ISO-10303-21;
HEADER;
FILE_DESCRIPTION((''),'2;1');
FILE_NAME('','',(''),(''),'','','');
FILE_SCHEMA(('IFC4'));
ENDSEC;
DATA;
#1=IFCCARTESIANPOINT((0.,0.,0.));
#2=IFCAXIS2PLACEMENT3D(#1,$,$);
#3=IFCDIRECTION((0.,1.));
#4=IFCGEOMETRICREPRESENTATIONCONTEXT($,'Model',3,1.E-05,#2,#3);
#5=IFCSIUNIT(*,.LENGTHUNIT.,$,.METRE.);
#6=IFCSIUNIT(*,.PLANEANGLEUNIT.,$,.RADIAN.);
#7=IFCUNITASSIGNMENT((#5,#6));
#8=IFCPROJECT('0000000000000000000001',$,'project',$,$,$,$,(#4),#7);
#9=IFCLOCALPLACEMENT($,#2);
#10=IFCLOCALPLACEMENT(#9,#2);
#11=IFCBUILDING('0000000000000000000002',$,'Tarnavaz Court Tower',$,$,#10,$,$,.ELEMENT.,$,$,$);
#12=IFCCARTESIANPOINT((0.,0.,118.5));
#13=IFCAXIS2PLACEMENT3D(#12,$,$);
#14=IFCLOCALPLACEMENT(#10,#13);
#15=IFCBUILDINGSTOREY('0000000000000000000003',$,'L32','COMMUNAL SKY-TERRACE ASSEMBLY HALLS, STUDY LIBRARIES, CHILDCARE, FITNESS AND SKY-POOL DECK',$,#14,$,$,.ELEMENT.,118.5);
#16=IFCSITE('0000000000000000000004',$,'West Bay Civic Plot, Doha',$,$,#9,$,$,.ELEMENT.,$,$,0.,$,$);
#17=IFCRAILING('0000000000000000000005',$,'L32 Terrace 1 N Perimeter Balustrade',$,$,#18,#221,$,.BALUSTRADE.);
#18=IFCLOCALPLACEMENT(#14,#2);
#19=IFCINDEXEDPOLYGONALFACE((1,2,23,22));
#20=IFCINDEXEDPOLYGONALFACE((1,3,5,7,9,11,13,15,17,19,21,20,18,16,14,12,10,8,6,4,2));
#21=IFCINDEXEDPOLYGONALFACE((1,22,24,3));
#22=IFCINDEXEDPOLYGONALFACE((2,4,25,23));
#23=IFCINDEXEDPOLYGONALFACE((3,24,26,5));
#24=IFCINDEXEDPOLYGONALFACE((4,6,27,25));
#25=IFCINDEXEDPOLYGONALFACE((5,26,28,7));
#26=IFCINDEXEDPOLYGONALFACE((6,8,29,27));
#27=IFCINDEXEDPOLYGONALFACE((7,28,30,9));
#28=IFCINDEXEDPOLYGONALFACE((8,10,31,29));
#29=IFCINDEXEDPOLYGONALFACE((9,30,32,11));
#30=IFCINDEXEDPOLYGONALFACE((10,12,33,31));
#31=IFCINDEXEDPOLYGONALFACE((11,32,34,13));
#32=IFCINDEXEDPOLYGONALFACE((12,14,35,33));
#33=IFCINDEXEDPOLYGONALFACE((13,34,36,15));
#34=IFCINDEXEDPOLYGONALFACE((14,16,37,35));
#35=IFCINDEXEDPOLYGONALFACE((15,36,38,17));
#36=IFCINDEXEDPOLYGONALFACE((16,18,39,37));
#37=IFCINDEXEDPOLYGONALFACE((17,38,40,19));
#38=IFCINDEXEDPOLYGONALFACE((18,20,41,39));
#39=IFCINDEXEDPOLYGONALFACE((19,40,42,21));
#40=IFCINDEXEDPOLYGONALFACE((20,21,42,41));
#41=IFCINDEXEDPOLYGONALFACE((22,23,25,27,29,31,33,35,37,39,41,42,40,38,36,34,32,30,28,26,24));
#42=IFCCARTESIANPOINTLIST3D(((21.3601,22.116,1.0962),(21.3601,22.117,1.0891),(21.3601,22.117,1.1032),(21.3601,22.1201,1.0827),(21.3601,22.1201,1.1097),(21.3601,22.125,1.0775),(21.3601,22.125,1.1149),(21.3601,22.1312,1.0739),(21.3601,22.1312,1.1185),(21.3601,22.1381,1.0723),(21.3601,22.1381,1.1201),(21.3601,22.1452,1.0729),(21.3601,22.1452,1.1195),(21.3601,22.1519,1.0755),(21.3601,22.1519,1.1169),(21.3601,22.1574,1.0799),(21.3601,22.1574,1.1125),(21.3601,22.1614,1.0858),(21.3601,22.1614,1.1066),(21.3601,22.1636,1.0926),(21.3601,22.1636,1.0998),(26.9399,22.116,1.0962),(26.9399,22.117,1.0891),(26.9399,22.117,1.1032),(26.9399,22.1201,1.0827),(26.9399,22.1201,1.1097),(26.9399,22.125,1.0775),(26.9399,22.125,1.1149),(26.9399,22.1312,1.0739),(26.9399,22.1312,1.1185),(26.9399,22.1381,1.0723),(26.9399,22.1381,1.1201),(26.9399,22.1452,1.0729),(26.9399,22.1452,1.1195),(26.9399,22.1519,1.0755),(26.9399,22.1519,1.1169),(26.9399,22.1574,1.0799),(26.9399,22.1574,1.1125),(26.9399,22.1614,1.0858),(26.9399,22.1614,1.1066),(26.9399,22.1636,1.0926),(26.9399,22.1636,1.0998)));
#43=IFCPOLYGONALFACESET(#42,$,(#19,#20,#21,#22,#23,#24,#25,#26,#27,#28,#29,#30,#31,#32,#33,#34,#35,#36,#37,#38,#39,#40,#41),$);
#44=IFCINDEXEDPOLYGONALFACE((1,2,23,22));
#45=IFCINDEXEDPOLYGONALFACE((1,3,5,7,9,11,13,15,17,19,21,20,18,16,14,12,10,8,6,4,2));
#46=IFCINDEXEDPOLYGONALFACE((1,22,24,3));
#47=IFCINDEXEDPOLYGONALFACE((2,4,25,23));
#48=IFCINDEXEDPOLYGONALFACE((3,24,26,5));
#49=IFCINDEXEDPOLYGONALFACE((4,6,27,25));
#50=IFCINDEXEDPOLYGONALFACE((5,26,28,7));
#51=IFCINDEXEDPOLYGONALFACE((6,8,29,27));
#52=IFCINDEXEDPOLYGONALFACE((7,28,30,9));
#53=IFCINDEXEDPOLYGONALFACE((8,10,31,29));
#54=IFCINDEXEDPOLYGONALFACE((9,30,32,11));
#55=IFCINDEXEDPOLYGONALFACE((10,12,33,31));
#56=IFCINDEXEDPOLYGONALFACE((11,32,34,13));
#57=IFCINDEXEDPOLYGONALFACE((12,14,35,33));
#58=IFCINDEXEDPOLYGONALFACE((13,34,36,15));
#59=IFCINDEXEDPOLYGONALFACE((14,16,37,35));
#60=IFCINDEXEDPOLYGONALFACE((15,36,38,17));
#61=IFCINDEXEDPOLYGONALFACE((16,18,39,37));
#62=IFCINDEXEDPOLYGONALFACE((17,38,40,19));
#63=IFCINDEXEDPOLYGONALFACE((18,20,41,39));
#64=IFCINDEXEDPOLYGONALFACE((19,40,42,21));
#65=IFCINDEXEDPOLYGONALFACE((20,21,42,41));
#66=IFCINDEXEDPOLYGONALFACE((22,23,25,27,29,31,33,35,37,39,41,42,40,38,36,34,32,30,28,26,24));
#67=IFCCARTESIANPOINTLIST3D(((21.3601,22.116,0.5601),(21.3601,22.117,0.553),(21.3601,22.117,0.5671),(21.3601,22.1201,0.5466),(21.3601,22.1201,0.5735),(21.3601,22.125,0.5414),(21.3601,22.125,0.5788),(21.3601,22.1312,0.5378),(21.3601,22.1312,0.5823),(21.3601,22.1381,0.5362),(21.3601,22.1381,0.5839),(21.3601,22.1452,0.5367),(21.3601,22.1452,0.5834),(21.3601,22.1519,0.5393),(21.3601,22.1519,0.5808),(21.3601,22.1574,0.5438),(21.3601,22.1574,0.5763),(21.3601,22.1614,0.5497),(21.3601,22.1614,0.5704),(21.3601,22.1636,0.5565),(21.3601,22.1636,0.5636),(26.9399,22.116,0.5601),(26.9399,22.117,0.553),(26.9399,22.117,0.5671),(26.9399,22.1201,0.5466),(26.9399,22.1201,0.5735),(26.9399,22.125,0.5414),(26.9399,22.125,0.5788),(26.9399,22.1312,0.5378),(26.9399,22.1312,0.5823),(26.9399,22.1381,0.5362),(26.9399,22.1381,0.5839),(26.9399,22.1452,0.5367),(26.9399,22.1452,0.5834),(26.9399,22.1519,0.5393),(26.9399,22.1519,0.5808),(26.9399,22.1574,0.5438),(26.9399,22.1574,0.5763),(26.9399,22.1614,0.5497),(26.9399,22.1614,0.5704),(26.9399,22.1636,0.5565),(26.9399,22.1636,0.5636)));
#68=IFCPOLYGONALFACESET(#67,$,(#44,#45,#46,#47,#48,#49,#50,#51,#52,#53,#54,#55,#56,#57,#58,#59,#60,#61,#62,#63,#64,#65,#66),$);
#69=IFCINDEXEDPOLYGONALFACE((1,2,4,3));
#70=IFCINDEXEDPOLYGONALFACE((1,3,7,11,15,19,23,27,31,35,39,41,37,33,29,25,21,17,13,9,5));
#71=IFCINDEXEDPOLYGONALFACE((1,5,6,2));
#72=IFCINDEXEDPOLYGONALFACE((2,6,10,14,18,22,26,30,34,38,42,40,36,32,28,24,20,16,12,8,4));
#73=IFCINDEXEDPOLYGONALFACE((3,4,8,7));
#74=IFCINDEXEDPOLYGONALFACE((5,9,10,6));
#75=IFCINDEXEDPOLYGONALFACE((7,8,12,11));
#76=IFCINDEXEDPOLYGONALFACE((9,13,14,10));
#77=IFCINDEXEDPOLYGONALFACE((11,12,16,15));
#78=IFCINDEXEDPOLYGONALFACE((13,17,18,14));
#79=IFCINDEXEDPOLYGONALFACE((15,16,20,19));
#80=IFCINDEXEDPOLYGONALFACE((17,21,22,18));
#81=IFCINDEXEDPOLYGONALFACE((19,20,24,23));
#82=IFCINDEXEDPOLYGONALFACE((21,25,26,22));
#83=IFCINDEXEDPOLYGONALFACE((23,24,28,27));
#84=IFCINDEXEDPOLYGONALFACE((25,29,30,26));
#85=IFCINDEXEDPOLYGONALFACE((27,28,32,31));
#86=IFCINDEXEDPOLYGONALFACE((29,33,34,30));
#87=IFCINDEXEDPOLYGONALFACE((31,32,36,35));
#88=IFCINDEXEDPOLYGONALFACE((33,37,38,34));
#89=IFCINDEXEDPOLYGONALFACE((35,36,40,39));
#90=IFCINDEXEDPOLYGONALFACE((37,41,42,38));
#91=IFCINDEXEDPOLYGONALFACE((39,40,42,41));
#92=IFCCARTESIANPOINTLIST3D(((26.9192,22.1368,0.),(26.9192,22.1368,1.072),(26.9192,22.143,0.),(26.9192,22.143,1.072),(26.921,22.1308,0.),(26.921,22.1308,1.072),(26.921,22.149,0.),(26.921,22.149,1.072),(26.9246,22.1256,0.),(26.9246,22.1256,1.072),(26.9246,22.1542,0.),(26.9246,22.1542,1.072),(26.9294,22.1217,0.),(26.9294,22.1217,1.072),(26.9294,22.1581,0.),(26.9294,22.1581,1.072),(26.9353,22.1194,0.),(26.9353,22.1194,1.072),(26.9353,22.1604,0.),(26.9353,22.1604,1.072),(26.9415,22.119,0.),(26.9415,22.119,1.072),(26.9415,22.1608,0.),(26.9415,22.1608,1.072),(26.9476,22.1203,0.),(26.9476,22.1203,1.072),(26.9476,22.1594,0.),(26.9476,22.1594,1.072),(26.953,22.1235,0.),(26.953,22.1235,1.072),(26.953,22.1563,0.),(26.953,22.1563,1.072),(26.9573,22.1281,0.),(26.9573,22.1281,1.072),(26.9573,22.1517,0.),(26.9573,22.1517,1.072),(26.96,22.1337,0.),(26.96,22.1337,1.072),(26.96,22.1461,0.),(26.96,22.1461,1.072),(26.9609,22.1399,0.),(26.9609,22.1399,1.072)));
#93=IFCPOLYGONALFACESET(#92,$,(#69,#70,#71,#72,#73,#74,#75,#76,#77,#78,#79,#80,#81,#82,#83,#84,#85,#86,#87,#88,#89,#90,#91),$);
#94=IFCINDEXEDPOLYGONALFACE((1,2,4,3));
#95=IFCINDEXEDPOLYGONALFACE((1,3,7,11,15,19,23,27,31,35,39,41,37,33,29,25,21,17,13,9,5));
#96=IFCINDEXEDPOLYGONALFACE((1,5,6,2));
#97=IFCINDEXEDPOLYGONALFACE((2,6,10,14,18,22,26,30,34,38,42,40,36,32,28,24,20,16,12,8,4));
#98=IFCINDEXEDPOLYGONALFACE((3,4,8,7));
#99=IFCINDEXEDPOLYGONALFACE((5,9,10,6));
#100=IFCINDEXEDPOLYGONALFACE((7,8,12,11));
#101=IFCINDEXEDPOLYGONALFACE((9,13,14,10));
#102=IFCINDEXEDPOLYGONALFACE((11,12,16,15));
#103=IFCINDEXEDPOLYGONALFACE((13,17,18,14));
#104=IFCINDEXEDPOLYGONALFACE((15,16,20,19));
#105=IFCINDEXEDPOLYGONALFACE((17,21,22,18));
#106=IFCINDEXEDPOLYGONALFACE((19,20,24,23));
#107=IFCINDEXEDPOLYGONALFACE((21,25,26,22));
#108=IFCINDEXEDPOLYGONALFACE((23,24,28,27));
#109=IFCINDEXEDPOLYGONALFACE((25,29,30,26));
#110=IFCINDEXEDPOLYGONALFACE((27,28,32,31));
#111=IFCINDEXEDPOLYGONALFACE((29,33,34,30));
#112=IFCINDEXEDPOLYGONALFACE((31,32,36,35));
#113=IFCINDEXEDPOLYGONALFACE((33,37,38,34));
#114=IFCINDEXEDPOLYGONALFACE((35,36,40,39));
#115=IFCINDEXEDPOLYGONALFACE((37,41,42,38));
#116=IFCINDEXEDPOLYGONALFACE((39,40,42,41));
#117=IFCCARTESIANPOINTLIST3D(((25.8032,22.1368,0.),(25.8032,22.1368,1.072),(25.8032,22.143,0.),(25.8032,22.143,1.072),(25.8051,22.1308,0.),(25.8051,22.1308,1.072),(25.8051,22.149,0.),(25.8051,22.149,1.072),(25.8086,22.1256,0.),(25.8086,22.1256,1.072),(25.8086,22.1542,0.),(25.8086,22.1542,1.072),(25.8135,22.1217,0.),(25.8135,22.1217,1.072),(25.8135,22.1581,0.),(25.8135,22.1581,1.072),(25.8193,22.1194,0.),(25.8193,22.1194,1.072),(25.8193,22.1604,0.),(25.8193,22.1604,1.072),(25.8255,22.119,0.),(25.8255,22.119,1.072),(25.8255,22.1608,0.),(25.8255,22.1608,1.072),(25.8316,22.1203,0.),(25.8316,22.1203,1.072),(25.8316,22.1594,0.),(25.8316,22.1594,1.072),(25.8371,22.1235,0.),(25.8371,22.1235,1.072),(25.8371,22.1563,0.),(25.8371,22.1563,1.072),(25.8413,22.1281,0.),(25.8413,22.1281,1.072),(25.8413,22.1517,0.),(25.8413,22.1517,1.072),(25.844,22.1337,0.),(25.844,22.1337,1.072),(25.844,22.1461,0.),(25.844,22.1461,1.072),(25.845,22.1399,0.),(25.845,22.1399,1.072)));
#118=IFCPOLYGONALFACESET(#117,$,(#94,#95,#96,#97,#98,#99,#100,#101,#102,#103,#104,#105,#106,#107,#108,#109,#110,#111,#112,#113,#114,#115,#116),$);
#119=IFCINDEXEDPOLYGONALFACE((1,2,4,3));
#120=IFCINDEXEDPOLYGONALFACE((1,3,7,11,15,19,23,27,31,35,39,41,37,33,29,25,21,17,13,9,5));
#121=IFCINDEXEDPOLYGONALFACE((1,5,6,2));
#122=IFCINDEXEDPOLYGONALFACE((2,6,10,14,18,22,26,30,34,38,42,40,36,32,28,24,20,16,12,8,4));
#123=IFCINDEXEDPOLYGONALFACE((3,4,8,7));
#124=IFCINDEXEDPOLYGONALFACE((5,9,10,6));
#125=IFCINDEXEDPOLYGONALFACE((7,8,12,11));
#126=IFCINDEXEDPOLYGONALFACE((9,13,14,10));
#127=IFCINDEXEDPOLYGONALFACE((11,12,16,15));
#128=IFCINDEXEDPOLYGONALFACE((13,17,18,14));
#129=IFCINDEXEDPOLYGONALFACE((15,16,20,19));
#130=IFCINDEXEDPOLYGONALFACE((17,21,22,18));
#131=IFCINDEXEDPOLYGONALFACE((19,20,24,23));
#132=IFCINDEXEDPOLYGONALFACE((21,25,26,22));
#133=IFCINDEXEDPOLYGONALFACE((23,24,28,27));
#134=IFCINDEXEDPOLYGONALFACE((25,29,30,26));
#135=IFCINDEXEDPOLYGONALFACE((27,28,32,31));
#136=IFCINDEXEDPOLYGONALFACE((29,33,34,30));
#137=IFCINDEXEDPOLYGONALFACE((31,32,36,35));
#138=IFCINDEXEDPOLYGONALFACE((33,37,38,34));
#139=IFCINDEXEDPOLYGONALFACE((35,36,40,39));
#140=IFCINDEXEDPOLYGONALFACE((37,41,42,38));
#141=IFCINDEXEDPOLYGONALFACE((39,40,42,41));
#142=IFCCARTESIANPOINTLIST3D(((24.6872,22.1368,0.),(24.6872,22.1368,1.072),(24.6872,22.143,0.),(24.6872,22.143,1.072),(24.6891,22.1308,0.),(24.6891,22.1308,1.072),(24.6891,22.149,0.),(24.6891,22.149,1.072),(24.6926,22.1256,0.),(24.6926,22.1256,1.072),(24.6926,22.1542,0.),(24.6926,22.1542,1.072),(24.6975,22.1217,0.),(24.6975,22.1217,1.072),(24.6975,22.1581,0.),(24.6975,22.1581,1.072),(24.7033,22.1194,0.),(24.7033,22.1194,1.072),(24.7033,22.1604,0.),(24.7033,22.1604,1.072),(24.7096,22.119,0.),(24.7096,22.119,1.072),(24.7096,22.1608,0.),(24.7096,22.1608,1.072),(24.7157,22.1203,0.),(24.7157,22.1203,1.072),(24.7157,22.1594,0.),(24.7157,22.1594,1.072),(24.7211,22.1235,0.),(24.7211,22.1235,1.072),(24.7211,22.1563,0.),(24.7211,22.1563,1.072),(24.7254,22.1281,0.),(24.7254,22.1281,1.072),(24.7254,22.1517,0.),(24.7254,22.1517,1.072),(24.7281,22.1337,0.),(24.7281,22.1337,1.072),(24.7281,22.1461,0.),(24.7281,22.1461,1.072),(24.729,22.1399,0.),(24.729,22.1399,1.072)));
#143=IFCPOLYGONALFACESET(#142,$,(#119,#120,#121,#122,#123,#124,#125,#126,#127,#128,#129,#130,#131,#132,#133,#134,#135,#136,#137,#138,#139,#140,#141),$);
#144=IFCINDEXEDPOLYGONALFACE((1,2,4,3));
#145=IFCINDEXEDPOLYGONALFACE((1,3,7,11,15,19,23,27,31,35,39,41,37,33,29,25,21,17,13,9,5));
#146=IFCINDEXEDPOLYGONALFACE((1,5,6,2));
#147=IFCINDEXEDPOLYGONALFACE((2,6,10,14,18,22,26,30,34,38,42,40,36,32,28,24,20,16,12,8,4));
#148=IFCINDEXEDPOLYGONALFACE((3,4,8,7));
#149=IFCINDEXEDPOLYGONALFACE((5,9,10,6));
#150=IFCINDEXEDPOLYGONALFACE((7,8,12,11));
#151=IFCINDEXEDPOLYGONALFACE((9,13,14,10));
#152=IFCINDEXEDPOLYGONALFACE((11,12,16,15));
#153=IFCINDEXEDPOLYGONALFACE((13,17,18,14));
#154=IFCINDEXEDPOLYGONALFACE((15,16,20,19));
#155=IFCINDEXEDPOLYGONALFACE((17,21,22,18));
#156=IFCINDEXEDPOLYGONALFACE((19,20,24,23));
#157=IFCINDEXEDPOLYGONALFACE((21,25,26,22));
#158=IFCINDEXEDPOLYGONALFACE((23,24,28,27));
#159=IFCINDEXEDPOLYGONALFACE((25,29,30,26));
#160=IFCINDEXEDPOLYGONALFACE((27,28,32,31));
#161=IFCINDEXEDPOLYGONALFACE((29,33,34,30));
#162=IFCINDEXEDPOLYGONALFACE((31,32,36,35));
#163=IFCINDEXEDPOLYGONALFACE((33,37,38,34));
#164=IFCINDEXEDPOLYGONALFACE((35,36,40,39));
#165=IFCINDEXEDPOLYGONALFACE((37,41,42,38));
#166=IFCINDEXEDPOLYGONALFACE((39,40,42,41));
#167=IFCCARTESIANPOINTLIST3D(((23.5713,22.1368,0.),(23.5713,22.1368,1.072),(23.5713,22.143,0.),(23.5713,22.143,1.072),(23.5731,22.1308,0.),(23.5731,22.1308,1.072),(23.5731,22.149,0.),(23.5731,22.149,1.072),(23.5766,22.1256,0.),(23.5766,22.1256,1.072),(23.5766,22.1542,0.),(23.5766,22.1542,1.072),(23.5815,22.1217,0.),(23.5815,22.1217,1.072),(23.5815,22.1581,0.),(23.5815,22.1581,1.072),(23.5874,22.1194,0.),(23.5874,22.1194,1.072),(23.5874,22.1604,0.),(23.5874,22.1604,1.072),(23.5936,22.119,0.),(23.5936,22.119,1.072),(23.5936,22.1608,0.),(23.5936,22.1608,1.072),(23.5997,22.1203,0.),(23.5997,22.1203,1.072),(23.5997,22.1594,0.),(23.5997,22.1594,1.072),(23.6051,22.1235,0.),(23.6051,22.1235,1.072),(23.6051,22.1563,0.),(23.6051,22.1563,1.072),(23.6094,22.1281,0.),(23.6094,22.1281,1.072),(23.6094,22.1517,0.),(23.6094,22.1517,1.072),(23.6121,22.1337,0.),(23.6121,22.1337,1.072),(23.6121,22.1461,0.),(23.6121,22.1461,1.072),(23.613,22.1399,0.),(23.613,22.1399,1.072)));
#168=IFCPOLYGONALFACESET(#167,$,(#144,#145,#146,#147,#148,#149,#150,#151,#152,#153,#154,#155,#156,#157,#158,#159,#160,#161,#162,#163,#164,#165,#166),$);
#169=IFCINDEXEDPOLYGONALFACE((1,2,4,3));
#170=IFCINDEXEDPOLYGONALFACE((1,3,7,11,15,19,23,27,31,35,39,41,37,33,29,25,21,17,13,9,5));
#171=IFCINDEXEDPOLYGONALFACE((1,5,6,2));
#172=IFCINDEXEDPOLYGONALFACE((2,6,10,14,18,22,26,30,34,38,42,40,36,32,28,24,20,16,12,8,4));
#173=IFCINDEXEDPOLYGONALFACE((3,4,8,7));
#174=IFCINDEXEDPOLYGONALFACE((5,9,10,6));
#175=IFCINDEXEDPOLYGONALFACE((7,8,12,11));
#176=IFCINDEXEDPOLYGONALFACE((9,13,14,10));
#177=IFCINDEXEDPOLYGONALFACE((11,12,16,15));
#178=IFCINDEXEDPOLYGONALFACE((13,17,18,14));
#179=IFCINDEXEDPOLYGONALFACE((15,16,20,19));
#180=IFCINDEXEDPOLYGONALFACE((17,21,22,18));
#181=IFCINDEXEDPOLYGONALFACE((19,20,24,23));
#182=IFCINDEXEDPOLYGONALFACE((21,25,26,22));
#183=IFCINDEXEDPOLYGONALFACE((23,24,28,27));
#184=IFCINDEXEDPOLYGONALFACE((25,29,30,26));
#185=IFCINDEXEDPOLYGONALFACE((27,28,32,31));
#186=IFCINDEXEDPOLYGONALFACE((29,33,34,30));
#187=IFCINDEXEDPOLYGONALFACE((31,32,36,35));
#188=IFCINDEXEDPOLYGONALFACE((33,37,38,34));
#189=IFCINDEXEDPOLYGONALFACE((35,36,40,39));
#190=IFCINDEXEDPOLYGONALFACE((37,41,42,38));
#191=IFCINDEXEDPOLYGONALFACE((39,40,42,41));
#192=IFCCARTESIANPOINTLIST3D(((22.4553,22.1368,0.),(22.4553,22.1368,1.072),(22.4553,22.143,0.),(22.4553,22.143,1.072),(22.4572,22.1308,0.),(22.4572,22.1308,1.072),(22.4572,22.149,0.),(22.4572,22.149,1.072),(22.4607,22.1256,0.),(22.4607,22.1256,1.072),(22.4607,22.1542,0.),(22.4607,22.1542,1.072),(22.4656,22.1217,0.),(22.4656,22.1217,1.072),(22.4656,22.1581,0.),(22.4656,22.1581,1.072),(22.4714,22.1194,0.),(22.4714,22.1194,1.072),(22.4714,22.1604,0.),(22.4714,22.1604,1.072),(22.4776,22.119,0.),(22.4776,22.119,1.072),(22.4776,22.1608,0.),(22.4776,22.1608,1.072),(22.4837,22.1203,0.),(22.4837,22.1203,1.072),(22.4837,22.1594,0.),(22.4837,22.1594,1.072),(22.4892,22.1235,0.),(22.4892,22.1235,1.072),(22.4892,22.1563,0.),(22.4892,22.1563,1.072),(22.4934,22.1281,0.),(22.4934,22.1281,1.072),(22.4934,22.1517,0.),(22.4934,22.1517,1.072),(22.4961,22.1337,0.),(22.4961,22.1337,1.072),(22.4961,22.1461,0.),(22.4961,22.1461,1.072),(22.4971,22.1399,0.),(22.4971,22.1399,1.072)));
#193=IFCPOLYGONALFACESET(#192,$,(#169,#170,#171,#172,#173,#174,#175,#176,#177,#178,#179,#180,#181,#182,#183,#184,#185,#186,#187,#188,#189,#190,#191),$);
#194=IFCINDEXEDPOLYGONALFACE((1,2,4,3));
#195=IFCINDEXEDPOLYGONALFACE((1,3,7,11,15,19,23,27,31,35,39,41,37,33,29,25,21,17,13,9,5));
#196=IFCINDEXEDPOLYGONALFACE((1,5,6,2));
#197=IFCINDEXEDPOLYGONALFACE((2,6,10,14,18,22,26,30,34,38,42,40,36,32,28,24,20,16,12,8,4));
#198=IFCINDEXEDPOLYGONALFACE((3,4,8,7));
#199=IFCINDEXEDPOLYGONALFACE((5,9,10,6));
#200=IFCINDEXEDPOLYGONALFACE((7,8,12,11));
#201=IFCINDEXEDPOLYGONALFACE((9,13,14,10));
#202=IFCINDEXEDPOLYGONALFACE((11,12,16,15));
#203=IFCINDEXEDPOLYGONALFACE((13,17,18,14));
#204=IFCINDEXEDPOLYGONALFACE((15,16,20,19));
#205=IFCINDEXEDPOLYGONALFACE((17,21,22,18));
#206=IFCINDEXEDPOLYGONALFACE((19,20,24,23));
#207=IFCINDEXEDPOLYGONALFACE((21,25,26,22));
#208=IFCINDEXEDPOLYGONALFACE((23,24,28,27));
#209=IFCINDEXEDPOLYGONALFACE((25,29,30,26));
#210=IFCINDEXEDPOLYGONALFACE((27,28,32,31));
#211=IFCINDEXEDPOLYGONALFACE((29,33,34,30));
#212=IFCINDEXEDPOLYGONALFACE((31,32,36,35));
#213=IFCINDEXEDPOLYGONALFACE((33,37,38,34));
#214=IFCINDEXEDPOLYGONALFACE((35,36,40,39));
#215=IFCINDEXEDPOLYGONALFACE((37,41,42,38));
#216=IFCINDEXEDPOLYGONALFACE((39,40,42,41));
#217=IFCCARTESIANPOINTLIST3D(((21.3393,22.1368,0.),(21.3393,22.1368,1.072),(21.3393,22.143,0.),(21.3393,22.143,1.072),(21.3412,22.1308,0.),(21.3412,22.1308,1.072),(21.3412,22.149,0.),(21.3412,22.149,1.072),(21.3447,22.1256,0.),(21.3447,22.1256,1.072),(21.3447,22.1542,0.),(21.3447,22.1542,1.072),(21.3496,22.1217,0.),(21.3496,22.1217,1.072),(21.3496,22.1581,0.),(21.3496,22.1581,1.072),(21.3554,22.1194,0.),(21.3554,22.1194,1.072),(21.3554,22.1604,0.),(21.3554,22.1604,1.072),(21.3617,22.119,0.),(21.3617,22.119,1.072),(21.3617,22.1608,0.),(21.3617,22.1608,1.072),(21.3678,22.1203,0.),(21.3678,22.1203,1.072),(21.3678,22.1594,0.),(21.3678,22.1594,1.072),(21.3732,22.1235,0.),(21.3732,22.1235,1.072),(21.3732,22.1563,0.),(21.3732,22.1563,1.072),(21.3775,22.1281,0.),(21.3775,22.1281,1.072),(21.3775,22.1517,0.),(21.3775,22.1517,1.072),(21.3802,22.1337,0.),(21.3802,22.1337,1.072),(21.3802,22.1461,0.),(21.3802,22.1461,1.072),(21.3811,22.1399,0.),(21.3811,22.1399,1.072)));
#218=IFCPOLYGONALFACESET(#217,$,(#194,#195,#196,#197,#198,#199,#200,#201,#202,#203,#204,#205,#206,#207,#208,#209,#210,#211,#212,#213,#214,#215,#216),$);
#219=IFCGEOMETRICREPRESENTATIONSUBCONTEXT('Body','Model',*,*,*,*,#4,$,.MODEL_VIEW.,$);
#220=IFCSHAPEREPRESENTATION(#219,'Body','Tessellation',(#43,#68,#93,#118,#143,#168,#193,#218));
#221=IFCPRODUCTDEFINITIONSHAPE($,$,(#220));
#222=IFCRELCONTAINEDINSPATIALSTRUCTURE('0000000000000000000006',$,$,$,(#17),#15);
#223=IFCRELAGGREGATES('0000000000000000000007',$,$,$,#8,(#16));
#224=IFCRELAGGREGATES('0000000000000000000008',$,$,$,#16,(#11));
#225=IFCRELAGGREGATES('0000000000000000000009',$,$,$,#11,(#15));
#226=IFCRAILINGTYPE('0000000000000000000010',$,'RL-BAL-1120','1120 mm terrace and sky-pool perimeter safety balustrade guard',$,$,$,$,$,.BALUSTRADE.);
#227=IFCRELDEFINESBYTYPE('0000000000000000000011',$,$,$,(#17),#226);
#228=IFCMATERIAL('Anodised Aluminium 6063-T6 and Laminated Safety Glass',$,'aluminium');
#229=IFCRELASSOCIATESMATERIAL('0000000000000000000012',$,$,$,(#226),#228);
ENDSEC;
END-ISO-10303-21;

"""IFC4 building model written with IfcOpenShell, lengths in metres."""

from ifc_helpers import new_model, si_unit, direction, frame, origin, origin_2d, place, context, subcontext, project, spatial, circle, extrude, material, type_object, element, save


model = new_model("IFC4")

# Units and contexts
model_context = context("Model", 3, precision=1e-05, world=origin(), true_north=direction((0.0, 1.0)))
body_context = subcontext(model_context, "Body", "Model", "MODEL_VIEW")
ifc_project = project(units=[si_unit("LENGTHUNIT", "METRE"), si_unit("PLANEANGLEUNIT", "RADIAN")], contexts=[model_context])

# Site, building, storey
site_placement = place(None, origin())
site = spatial("IfcSite", under=ifc_project, at=site_placement, Name="West Bay Civic Plot, Doha", CompositionType="ELEMENT", RefElevation=0.0)
building_placement = place(site_placement, origin())
building = spatial("IfcBuilding", under=site, at=building_placement, Name="Tarnavaz Court Tower", CompositionType="ELEMENT")
storey_placement = place(building_placement, frame((0.0, 0.0, 118.5)))
storey = spatial("IfcBuildingStorey", under=building, at=storey_placement, Name="L32", Description="COMMUNAL SKY-TERRACE ASSEMBLY HALLS, STUDY LIBRARIES, CHILDCARE, FITNESS AND SKY-POOL DECK", CompositionType="ELEMENT", Elevation=118.5)

# Railing
ifc_material_1 = material(Name="Anodised Aluminium 6063-T6 and Laminated Safety Glass", Category="aluminium")
railing_type = type_object("IfcRailingType", Name="RL-BAL-1120", Description="1120 mm terrace and sky-pool perimeter safety balustrade guard", PredefinedType="BALUSTRADE", material=ifc_material_1)
railing_1_placement = place(storey_placement, frame((26.9399, 22.1399, 0.0)))
element("IfcRailing", 1, at=railing_1_placement, inside=storey, type_object=railing_type, Name="L32 Terrace 1 N Perimeter Balustrade", PredefinedType="BALUSTRADE", context=body_context, shape_type="SweptSolid", body=[
    extrude(circle(Radius=0.0239, at=origin_2d()), frame((0.0, 0.0, 1.0962), z_axis=(-1.0, 0.0, 0.0), x_axis=(0.0, -1.0, 0.0)), (0.0, 0.0, 1.0), 5.5798),
    extrude(circle(Radius=0.0239, at=origin_2d()), frame((0.0, 0.0, 0.5601), z_axis=(-1.0, 0.0, 0.0), x_axis=(0.0, -1.0, 0.0)), (0.0, 0.0, 1.0), 5.5798),
    extrude(circle(Radius=0.021, at=origin_2d()), origin(), (0.0, 0.0, 1.0), 1.072),
    extrude(circle(Radius=0.021, at=origin_2d()), frame((-1.116, 0.0, 0.0)), (0.0, 0.0, 1.0), 1.072),
    extrude(circle(Radius=0.021, at=origin_2d()), frame((-2.2319, 0.0, 0.0)), (0.0, 0.0, 1.0), 1.072),
    extrude(circle(Radius=0.021, at=origin_2d()), frame((-3.3479, 0.0, 0.0)), (0.0, 0.0, 1.0), 1.072),
    extrude(circle(Radius=0.021, at=origin_2d()), frame((-4.4639, 0.0, 0.0)), (0.0, 0.0, 1.0), 1.072),
    extrude(circle(Radius=0.021, at=origin_2d()), frame((-5.5798, 0.0, 0.0)), (0.0, 0.0, 1.0), 1.072),
])

save(model, "model.ifc")
